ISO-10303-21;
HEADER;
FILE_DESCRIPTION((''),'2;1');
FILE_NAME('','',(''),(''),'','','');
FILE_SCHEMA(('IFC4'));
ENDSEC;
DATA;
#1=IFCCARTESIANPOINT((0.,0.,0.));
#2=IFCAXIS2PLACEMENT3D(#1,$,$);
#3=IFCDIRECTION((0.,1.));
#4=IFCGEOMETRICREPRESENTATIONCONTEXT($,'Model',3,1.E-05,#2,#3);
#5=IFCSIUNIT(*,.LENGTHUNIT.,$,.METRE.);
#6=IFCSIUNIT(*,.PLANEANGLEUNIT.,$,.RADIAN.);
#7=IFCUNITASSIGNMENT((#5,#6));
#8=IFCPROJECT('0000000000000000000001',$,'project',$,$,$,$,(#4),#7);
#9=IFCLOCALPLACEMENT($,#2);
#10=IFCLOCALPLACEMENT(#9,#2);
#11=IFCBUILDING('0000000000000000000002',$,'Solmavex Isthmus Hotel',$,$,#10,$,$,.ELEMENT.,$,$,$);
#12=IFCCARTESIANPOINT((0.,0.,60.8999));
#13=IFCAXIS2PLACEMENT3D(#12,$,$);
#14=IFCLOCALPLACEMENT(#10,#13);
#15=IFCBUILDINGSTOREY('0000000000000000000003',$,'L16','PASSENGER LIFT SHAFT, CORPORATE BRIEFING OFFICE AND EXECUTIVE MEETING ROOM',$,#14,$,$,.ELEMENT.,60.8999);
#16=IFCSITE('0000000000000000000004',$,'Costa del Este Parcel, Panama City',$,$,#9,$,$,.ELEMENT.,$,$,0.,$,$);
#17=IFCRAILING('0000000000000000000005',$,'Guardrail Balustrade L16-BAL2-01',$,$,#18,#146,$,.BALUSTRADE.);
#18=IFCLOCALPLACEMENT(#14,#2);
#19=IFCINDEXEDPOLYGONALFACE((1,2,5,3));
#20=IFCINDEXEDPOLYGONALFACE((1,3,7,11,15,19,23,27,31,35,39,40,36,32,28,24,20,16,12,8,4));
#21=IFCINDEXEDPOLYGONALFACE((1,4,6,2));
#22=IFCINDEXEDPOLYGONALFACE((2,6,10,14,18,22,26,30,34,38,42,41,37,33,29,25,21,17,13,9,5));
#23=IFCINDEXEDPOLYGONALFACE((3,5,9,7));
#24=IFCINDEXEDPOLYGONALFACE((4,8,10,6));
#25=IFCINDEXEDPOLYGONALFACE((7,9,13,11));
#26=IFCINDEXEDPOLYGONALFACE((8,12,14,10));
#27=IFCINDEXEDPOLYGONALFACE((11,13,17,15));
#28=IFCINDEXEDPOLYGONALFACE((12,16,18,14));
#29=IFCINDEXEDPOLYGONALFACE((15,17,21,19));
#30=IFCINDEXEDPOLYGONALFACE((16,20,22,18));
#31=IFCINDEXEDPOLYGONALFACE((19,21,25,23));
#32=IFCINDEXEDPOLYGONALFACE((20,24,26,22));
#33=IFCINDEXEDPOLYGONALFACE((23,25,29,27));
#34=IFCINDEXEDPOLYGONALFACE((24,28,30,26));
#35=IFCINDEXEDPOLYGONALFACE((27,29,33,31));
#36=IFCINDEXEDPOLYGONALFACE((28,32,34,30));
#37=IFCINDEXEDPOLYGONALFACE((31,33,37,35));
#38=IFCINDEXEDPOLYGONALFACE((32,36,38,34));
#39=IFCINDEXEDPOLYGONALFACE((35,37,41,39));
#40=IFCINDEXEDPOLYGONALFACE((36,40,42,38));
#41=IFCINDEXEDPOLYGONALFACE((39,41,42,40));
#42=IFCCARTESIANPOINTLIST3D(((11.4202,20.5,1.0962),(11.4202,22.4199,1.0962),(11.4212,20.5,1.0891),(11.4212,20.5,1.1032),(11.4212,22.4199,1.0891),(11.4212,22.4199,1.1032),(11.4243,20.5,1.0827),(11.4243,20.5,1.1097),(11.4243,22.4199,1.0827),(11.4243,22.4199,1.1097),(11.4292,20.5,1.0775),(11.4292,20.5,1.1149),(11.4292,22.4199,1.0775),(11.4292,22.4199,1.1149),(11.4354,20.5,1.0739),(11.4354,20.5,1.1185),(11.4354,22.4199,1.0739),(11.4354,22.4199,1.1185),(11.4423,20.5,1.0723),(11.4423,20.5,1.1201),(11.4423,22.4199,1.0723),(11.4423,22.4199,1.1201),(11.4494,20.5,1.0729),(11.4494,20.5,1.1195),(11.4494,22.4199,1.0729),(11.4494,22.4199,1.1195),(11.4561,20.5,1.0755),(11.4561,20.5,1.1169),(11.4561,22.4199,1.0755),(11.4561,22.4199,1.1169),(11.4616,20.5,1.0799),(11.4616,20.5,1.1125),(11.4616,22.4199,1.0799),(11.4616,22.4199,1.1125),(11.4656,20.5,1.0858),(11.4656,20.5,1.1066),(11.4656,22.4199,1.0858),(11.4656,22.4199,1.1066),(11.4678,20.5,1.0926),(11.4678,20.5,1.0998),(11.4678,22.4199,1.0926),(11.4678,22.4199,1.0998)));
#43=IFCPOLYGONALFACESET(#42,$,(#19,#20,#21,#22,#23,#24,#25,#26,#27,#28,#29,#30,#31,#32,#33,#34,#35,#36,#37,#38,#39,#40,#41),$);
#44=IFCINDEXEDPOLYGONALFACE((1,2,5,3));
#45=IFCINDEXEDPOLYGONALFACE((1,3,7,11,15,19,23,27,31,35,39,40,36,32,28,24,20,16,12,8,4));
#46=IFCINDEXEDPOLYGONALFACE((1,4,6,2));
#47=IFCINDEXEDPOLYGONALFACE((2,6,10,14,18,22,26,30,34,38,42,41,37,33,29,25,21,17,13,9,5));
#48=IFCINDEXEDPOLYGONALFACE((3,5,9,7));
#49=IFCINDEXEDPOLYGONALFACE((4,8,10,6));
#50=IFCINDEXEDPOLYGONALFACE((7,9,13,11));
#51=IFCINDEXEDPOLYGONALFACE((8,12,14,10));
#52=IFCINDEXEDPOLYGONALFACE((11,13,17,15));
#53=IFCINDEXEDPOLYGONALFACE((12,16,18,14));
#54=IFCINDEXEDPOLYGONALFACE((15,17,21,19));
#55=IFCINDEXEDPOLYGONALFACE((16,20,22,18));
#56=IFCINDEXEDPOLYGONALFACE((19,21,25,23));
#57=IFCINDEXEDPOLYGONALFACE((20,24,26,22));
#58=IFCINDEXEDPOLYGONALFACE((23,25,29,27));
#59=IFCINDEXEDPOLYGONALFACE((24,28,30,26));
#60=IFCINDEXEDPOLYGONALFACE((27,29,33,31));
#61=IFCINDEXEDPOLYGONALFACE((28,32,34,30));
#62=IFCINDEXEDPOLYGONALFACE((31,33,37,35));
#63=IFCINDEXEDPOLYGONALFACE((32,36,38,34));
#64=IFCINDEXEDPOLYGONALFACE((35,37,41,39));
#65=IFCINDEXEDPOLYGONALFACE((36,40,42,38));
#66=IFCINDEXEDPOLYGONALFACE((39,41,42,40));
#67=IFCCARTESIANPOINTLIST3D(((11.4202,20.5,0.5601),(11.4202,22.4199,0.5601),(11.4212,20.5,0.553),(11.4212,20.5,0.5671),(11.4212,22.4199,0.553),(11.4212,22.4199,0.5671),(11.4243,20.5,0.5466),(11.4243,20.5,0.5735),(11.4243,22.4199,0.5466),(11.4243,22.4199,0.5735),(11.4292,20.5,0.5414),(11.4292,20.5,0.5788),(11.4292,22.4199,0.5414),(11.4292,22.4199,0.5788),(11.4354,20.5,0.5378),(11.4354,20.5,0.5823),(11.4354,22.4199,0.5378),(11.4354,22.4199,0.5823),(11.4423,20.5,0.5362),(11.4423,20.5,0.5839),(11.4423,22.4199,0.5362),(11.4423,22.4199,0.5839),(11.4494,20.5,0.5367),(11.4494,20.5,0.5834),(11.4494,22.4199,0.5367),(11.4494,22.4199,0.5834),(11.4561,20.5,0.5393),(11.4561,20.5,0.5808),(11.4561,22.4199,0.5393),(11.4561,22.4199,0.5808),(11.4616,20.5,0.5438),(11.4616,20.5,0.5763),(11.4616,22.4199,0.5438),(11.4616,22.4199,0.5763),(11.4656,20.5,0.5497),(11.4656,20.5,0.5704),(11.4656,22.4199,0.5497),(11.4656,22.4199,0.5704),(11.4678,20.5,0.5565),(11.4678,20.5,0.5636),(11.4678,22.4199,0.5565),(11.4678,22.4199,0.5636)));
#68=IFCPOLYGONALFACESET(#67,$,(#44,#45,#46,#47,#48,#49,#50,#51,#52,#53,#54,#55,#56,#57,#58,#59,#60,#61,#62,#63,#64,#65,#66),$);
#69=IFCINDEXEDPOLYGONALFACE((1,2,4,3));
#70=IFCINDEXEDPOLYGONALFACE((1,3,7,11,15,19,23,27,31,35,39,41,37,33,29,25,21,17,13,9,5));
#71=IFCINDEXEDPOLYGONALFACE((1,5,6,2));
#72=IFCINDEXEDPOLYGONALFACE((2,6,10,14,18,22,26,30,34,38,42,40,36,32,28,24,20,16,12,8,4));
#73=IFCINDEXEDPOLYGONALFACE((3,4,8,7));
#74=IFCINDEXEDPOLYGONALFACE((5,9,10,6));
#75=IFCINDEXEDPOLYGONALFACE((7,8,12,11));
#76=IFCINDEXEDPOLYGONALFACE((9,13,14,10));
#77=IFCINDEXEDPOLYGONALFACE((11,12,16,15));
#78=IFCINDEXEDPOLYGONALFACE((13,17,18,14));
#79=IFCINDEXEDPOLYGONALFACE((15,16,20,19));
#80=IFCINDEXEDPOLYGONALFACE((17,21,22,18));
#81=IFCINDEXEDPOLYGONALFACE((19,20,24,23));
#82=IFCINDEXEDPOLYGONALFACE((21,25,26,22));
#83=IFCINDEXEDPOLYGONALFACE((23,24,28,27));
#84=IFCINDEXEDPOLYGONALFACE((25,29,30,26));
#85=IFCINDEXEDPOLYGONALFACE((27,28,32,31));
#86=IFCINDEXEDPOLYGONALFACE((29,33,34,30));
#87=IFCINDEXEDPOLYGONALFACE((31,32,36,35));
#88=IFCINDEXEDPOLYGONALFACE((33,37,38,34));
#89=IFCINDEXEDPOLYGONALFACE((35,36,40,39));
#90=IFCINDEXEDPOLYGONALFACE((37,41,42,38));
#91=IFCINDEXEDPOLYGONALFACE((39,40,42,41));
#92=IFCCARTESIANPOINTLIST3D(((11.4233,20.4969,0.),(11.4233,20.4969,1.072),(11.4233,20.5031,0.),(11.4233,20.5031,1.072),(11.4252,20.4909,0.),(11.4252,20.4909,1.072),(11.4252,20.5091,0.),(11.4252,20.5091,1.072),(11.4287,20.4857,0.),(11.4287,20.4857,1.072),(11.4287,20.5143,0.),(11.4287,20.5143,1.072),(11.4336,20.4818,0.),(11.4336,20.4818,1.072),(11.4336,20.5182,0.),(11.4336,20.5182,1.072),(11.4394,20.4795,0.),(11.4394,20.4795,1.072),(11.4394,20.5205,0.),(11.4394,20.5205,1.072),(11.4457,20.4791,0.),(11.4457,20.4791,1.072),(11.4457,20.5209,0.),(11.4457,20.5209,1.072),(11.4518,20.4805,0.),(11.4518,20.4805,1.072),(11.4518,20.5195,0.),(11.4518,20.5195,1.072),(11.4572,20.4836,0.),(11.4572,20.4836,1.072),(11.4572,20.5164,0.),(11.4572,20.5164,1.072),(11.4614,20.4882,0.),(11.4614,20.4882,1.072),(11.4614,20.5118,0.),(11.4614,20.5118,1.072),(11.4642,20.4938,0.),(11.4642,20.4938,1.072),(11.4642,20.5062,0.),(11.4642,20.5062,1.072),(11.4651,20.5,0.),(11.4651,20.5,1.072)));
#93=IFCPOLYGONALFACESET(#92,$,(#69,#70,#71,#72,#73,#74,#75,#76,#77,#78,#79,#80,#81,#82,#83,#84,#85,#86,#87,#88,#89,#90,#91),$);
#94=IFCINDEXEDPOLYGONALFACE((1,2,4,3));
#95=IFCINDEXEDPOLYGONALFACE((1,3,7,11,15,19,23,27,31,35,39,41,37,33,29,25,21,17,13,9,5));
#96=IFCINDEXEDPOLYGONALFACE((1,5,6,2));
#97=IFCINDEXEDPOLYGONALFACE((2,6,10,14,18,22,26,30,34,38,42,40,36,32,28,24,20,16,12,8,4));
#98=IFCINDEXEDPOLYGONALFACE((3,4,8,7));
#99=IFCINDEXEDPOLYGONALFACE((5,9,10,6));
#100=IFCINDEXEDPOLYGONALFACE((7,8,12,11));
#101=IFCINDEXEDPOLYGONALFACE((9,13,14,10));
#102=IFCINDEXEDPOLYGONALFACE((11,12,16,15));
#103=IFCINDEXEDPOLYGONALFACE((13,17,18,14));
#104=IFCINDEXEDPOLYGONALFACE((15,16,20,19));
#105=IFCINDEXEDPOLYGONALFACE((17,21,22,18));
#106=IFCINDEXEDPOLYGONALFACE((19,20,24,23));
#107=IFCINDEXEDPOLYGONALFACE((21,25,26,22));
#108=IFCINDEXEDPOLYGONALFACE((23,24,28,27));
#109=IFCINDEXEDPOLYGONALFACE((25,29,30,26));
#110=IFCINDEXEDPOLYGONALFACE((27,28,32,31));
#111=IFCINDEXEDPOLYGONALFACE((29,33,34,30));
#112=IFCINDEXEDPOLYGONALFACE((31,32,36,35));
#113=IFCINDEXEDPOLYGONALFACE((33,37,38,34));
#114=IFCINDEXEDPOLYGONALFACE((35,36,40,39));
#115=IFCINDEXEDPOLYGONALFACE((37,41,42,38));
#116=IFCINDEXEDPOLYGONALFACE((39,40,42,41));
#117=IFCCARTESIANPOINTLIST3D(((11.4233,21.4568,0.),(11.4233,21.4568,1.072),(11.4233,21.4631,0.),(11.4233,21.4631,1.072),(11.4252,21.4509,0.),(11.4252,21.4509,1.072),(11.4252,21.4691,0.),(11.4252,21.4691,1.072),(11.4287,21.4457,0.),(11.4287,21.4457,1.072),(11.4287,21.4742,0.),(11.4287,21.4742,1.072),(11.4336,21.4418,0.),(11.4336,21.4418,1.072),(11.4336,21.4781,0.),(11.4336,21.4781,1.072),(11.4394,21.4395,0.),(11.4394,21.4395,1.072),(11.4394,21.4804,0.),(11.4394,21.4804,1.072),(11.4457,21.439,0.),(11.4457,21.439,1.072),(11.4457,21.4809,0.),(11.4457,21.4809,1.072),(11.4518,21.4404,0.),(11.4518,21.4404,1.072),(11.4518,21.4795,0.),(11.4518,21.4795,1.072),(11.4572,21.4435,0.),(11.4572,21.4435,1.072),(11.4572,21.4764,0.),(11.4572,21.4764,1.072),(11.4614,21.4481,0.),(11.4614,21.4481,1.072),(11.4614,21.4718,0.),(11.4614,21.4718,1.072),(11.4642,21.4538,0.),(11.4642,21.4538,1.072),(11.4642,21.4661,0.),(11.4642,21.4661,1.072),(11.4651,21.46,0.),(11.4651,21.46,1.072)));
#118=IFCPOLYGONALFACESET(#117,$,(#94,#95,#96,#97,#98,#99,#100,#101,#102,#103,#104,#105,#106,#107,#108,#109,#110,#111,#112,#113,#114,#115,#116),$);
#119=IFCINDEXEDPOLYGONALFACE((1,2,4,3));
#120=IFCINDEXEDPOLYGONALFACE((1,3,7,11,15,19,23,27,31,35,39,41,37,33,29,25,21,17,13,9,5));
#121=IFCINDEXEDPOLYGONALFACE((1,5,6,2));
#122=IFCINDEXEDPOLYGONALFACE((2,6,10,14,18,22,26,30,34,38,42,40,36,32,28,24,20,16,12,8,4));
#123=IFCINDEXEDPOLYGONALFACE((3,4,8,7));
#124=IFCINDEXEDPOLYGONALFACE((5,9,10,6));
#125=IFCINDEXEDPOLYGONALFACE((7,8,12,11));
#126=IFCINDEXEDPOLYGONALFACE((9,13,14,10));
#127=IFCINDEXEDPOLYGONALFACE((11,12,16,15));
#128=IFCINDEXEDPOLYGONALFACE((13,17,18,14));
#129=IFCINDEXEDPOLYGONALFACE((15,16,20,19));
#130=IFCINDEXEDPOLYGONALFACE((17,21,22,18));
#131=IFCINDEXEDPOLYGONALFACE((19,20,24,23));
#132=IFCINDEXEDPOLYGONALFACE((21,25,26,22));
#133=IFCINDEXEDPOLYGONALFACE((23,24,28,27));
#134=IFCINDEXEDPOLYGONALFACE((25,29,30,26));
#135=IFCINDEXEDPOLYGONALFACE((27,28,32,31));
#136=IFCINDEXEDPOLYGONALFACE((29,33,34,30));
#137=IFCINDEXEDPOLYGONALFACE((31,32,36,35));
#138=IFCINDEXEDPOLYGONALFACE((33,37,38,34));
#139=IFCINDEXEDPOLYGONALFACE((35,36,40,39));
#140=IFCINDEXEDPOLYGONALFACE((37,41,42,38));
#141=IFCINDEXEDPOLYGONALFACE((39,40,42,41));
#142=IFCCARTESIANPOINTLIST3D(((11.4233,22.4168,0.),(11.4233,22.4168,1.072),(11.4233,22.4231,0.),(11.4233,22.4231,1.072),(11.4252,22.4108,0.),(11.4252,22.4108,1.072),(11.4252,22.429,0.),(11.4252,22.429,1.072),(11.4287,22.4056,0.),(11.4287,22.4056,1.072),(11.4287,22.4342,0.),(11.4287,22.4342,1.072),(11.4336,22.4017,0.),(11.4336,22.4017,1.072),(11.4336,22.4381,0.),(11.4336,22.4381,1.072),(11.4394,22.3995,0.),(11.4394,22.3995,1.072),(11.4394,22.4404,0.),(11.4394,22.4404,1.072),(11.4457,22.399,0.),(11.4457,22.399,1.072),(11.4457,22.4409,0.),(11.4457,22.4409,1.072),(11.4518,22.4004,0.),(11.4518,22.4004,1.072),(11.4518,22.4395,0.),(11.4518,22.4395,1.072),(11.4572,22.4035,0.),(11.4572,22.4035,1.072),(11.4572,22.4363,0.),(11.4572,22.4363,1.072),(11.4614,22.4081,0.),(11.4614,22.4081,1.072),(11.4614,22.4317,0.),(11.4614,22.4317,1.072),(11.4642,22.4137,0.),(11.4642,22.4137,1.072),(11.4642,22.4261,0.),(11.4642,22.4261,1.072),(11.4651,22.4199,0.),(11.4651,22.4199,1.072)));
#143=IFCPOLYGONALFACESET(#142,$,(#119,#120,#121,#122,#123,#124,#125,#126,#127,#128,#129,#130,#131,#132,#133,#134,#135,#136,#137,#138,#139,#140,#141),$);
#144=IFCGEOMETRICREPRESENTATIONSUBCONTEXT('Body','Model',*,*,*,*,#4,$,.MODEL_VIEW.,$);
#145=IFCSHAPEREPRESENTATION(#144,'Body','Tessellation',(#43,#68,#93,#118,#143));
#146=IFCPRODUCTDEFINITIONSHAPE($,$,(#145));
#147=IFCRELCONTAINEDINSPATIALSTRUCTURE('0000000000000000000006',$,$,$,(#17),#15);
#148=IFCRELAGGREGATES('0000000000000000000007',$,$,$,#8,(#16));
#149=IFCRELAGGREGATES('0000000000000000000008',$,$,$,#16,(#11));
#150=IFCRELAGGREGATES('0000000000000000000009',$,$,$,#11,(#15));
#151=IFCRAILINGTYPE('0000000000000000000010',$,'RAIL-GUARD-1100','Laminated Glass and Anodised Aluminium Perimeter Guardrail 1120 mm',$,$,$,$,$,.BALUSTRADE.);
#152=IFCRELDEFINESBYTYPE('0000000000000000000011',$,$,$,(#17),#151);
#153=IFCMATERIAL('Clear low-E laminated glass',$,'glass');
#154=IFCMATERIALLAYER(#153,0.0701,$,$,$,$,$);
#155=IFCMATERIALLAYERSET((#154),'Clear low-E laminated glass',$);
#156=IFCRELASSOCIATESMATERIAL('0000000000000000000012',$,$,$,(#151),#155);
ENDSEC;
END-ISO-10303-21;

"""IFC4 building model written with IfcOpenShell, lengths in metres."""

from ifc_helpers import new_model, si_unit, direction, frame, origin, origin_2d, place, context, subcontext, project, spatial, circle, extrude, material, layer, layer_set, type_object, element, save


model = new_model("IFC4")

# Units and contexts
model_context = context("Model", 3, precision=1e-05, world=origin(), true_north=direction((0.0, 1.0)))
body_context = subcontext(model_context, "Body", "Model", "MODEL_VIEW")
ifc_project = project(units=[si_unit("LENGTHUNIT", "METRE"), si_unit("PLANEANGLEUNIT", "RADIAN")], contexts=[model_context])

# Site, building, storey
site_placement = place(None, origin())
site = spatial("IfcSite", under=ifc_project, at=site_placement, Name="Costa del Este Parcel, Panama City", CompositionType="ELEMENT", RefElevation=0.0)
building_placement = place(site_placement, origin())
building = spatial("IfcBuilding", under=site, at=building_placement, Name="Solmavex Isthmus Hotel", CompositionType="ELEMENT")
storey_placement = place(building_placement, frame((0.0, 0.0, 60.8999)))
storey = spatial("IfcBuildingStorey", under=building, at=storey_placement, Name="L16", Description="PASSENGER LIFT SHAFT, CORPORATE BRIEFING OFFICE AND EXECUTIVE MEETING ROOM", CompositionType="ELEMENT", Elevation=60.8999)

# Shared definitions
ifc_material_1 = material(Name="Clear low-E laminated glass", Category="glass")

# Railing
ifc_layer_1 = layer(ifc_material_1, 0.0701)
ifc_layer_set_1 = layer_set([ifc_layer_1], Name="Clear low-E laminated glass")
railing_type_1 = type_object("IfcRailingType", Name="RAIL-GUARD-1100", Description="Laminated Glass and Anodised Aluminium Perimeter Guardrail 1120 mm", PredefinedType="BALUSTRADE", material=ifc_layer_set_1)
railing_1_placement = place(storey_placement, frame((11.4441, 20.5, 0.0)))
element("IfcRailing", 1, at=railing_1_placement, inside=storey, type_object=railing_type_1, Name="Guardrail Balustrade L16-BAL2-01", PredefinedType="BALUSTRADE", context=body_context, shape_type="SweptSolid", body=[
    extrude(circle(Radius=0.0239, at=origin_2d()), frame((0.0, 0.0, 1.0962), z_axis=(0.0, 1.0, 0.0), x_axis=(-1.0, 0.0, 0.0)), (0.0, 0.0, 1.0), 1.9199),
    extrude(circle(Radius=0.0239, at=origin_2d()), frame((0.0, 0.0, 0.5601), z_axis=(0.0, 1.0, 0.0), x_axis=(-1.0, 0.0, 0.0)), (0.0, 0.0, 1.0), 1.9199),
    extrude(circle(Radius=0.021, at=origin_2d()), origin(), (0.0, 0.0, 1.0), 1.072),
    extrude(circle(Radius=0.021, at=origin_2d()), frame((0.0, 0.96, 0.0)), (0.0, 0.0, 1.0), 1.072),
    extrude(circle(Radius=0.021, at=origin_2d()), frame((0.0, 1.9199, 0.0)), (0.0, 0.0, 1.0), 1.072),
])

save(model, "model.ifc")
